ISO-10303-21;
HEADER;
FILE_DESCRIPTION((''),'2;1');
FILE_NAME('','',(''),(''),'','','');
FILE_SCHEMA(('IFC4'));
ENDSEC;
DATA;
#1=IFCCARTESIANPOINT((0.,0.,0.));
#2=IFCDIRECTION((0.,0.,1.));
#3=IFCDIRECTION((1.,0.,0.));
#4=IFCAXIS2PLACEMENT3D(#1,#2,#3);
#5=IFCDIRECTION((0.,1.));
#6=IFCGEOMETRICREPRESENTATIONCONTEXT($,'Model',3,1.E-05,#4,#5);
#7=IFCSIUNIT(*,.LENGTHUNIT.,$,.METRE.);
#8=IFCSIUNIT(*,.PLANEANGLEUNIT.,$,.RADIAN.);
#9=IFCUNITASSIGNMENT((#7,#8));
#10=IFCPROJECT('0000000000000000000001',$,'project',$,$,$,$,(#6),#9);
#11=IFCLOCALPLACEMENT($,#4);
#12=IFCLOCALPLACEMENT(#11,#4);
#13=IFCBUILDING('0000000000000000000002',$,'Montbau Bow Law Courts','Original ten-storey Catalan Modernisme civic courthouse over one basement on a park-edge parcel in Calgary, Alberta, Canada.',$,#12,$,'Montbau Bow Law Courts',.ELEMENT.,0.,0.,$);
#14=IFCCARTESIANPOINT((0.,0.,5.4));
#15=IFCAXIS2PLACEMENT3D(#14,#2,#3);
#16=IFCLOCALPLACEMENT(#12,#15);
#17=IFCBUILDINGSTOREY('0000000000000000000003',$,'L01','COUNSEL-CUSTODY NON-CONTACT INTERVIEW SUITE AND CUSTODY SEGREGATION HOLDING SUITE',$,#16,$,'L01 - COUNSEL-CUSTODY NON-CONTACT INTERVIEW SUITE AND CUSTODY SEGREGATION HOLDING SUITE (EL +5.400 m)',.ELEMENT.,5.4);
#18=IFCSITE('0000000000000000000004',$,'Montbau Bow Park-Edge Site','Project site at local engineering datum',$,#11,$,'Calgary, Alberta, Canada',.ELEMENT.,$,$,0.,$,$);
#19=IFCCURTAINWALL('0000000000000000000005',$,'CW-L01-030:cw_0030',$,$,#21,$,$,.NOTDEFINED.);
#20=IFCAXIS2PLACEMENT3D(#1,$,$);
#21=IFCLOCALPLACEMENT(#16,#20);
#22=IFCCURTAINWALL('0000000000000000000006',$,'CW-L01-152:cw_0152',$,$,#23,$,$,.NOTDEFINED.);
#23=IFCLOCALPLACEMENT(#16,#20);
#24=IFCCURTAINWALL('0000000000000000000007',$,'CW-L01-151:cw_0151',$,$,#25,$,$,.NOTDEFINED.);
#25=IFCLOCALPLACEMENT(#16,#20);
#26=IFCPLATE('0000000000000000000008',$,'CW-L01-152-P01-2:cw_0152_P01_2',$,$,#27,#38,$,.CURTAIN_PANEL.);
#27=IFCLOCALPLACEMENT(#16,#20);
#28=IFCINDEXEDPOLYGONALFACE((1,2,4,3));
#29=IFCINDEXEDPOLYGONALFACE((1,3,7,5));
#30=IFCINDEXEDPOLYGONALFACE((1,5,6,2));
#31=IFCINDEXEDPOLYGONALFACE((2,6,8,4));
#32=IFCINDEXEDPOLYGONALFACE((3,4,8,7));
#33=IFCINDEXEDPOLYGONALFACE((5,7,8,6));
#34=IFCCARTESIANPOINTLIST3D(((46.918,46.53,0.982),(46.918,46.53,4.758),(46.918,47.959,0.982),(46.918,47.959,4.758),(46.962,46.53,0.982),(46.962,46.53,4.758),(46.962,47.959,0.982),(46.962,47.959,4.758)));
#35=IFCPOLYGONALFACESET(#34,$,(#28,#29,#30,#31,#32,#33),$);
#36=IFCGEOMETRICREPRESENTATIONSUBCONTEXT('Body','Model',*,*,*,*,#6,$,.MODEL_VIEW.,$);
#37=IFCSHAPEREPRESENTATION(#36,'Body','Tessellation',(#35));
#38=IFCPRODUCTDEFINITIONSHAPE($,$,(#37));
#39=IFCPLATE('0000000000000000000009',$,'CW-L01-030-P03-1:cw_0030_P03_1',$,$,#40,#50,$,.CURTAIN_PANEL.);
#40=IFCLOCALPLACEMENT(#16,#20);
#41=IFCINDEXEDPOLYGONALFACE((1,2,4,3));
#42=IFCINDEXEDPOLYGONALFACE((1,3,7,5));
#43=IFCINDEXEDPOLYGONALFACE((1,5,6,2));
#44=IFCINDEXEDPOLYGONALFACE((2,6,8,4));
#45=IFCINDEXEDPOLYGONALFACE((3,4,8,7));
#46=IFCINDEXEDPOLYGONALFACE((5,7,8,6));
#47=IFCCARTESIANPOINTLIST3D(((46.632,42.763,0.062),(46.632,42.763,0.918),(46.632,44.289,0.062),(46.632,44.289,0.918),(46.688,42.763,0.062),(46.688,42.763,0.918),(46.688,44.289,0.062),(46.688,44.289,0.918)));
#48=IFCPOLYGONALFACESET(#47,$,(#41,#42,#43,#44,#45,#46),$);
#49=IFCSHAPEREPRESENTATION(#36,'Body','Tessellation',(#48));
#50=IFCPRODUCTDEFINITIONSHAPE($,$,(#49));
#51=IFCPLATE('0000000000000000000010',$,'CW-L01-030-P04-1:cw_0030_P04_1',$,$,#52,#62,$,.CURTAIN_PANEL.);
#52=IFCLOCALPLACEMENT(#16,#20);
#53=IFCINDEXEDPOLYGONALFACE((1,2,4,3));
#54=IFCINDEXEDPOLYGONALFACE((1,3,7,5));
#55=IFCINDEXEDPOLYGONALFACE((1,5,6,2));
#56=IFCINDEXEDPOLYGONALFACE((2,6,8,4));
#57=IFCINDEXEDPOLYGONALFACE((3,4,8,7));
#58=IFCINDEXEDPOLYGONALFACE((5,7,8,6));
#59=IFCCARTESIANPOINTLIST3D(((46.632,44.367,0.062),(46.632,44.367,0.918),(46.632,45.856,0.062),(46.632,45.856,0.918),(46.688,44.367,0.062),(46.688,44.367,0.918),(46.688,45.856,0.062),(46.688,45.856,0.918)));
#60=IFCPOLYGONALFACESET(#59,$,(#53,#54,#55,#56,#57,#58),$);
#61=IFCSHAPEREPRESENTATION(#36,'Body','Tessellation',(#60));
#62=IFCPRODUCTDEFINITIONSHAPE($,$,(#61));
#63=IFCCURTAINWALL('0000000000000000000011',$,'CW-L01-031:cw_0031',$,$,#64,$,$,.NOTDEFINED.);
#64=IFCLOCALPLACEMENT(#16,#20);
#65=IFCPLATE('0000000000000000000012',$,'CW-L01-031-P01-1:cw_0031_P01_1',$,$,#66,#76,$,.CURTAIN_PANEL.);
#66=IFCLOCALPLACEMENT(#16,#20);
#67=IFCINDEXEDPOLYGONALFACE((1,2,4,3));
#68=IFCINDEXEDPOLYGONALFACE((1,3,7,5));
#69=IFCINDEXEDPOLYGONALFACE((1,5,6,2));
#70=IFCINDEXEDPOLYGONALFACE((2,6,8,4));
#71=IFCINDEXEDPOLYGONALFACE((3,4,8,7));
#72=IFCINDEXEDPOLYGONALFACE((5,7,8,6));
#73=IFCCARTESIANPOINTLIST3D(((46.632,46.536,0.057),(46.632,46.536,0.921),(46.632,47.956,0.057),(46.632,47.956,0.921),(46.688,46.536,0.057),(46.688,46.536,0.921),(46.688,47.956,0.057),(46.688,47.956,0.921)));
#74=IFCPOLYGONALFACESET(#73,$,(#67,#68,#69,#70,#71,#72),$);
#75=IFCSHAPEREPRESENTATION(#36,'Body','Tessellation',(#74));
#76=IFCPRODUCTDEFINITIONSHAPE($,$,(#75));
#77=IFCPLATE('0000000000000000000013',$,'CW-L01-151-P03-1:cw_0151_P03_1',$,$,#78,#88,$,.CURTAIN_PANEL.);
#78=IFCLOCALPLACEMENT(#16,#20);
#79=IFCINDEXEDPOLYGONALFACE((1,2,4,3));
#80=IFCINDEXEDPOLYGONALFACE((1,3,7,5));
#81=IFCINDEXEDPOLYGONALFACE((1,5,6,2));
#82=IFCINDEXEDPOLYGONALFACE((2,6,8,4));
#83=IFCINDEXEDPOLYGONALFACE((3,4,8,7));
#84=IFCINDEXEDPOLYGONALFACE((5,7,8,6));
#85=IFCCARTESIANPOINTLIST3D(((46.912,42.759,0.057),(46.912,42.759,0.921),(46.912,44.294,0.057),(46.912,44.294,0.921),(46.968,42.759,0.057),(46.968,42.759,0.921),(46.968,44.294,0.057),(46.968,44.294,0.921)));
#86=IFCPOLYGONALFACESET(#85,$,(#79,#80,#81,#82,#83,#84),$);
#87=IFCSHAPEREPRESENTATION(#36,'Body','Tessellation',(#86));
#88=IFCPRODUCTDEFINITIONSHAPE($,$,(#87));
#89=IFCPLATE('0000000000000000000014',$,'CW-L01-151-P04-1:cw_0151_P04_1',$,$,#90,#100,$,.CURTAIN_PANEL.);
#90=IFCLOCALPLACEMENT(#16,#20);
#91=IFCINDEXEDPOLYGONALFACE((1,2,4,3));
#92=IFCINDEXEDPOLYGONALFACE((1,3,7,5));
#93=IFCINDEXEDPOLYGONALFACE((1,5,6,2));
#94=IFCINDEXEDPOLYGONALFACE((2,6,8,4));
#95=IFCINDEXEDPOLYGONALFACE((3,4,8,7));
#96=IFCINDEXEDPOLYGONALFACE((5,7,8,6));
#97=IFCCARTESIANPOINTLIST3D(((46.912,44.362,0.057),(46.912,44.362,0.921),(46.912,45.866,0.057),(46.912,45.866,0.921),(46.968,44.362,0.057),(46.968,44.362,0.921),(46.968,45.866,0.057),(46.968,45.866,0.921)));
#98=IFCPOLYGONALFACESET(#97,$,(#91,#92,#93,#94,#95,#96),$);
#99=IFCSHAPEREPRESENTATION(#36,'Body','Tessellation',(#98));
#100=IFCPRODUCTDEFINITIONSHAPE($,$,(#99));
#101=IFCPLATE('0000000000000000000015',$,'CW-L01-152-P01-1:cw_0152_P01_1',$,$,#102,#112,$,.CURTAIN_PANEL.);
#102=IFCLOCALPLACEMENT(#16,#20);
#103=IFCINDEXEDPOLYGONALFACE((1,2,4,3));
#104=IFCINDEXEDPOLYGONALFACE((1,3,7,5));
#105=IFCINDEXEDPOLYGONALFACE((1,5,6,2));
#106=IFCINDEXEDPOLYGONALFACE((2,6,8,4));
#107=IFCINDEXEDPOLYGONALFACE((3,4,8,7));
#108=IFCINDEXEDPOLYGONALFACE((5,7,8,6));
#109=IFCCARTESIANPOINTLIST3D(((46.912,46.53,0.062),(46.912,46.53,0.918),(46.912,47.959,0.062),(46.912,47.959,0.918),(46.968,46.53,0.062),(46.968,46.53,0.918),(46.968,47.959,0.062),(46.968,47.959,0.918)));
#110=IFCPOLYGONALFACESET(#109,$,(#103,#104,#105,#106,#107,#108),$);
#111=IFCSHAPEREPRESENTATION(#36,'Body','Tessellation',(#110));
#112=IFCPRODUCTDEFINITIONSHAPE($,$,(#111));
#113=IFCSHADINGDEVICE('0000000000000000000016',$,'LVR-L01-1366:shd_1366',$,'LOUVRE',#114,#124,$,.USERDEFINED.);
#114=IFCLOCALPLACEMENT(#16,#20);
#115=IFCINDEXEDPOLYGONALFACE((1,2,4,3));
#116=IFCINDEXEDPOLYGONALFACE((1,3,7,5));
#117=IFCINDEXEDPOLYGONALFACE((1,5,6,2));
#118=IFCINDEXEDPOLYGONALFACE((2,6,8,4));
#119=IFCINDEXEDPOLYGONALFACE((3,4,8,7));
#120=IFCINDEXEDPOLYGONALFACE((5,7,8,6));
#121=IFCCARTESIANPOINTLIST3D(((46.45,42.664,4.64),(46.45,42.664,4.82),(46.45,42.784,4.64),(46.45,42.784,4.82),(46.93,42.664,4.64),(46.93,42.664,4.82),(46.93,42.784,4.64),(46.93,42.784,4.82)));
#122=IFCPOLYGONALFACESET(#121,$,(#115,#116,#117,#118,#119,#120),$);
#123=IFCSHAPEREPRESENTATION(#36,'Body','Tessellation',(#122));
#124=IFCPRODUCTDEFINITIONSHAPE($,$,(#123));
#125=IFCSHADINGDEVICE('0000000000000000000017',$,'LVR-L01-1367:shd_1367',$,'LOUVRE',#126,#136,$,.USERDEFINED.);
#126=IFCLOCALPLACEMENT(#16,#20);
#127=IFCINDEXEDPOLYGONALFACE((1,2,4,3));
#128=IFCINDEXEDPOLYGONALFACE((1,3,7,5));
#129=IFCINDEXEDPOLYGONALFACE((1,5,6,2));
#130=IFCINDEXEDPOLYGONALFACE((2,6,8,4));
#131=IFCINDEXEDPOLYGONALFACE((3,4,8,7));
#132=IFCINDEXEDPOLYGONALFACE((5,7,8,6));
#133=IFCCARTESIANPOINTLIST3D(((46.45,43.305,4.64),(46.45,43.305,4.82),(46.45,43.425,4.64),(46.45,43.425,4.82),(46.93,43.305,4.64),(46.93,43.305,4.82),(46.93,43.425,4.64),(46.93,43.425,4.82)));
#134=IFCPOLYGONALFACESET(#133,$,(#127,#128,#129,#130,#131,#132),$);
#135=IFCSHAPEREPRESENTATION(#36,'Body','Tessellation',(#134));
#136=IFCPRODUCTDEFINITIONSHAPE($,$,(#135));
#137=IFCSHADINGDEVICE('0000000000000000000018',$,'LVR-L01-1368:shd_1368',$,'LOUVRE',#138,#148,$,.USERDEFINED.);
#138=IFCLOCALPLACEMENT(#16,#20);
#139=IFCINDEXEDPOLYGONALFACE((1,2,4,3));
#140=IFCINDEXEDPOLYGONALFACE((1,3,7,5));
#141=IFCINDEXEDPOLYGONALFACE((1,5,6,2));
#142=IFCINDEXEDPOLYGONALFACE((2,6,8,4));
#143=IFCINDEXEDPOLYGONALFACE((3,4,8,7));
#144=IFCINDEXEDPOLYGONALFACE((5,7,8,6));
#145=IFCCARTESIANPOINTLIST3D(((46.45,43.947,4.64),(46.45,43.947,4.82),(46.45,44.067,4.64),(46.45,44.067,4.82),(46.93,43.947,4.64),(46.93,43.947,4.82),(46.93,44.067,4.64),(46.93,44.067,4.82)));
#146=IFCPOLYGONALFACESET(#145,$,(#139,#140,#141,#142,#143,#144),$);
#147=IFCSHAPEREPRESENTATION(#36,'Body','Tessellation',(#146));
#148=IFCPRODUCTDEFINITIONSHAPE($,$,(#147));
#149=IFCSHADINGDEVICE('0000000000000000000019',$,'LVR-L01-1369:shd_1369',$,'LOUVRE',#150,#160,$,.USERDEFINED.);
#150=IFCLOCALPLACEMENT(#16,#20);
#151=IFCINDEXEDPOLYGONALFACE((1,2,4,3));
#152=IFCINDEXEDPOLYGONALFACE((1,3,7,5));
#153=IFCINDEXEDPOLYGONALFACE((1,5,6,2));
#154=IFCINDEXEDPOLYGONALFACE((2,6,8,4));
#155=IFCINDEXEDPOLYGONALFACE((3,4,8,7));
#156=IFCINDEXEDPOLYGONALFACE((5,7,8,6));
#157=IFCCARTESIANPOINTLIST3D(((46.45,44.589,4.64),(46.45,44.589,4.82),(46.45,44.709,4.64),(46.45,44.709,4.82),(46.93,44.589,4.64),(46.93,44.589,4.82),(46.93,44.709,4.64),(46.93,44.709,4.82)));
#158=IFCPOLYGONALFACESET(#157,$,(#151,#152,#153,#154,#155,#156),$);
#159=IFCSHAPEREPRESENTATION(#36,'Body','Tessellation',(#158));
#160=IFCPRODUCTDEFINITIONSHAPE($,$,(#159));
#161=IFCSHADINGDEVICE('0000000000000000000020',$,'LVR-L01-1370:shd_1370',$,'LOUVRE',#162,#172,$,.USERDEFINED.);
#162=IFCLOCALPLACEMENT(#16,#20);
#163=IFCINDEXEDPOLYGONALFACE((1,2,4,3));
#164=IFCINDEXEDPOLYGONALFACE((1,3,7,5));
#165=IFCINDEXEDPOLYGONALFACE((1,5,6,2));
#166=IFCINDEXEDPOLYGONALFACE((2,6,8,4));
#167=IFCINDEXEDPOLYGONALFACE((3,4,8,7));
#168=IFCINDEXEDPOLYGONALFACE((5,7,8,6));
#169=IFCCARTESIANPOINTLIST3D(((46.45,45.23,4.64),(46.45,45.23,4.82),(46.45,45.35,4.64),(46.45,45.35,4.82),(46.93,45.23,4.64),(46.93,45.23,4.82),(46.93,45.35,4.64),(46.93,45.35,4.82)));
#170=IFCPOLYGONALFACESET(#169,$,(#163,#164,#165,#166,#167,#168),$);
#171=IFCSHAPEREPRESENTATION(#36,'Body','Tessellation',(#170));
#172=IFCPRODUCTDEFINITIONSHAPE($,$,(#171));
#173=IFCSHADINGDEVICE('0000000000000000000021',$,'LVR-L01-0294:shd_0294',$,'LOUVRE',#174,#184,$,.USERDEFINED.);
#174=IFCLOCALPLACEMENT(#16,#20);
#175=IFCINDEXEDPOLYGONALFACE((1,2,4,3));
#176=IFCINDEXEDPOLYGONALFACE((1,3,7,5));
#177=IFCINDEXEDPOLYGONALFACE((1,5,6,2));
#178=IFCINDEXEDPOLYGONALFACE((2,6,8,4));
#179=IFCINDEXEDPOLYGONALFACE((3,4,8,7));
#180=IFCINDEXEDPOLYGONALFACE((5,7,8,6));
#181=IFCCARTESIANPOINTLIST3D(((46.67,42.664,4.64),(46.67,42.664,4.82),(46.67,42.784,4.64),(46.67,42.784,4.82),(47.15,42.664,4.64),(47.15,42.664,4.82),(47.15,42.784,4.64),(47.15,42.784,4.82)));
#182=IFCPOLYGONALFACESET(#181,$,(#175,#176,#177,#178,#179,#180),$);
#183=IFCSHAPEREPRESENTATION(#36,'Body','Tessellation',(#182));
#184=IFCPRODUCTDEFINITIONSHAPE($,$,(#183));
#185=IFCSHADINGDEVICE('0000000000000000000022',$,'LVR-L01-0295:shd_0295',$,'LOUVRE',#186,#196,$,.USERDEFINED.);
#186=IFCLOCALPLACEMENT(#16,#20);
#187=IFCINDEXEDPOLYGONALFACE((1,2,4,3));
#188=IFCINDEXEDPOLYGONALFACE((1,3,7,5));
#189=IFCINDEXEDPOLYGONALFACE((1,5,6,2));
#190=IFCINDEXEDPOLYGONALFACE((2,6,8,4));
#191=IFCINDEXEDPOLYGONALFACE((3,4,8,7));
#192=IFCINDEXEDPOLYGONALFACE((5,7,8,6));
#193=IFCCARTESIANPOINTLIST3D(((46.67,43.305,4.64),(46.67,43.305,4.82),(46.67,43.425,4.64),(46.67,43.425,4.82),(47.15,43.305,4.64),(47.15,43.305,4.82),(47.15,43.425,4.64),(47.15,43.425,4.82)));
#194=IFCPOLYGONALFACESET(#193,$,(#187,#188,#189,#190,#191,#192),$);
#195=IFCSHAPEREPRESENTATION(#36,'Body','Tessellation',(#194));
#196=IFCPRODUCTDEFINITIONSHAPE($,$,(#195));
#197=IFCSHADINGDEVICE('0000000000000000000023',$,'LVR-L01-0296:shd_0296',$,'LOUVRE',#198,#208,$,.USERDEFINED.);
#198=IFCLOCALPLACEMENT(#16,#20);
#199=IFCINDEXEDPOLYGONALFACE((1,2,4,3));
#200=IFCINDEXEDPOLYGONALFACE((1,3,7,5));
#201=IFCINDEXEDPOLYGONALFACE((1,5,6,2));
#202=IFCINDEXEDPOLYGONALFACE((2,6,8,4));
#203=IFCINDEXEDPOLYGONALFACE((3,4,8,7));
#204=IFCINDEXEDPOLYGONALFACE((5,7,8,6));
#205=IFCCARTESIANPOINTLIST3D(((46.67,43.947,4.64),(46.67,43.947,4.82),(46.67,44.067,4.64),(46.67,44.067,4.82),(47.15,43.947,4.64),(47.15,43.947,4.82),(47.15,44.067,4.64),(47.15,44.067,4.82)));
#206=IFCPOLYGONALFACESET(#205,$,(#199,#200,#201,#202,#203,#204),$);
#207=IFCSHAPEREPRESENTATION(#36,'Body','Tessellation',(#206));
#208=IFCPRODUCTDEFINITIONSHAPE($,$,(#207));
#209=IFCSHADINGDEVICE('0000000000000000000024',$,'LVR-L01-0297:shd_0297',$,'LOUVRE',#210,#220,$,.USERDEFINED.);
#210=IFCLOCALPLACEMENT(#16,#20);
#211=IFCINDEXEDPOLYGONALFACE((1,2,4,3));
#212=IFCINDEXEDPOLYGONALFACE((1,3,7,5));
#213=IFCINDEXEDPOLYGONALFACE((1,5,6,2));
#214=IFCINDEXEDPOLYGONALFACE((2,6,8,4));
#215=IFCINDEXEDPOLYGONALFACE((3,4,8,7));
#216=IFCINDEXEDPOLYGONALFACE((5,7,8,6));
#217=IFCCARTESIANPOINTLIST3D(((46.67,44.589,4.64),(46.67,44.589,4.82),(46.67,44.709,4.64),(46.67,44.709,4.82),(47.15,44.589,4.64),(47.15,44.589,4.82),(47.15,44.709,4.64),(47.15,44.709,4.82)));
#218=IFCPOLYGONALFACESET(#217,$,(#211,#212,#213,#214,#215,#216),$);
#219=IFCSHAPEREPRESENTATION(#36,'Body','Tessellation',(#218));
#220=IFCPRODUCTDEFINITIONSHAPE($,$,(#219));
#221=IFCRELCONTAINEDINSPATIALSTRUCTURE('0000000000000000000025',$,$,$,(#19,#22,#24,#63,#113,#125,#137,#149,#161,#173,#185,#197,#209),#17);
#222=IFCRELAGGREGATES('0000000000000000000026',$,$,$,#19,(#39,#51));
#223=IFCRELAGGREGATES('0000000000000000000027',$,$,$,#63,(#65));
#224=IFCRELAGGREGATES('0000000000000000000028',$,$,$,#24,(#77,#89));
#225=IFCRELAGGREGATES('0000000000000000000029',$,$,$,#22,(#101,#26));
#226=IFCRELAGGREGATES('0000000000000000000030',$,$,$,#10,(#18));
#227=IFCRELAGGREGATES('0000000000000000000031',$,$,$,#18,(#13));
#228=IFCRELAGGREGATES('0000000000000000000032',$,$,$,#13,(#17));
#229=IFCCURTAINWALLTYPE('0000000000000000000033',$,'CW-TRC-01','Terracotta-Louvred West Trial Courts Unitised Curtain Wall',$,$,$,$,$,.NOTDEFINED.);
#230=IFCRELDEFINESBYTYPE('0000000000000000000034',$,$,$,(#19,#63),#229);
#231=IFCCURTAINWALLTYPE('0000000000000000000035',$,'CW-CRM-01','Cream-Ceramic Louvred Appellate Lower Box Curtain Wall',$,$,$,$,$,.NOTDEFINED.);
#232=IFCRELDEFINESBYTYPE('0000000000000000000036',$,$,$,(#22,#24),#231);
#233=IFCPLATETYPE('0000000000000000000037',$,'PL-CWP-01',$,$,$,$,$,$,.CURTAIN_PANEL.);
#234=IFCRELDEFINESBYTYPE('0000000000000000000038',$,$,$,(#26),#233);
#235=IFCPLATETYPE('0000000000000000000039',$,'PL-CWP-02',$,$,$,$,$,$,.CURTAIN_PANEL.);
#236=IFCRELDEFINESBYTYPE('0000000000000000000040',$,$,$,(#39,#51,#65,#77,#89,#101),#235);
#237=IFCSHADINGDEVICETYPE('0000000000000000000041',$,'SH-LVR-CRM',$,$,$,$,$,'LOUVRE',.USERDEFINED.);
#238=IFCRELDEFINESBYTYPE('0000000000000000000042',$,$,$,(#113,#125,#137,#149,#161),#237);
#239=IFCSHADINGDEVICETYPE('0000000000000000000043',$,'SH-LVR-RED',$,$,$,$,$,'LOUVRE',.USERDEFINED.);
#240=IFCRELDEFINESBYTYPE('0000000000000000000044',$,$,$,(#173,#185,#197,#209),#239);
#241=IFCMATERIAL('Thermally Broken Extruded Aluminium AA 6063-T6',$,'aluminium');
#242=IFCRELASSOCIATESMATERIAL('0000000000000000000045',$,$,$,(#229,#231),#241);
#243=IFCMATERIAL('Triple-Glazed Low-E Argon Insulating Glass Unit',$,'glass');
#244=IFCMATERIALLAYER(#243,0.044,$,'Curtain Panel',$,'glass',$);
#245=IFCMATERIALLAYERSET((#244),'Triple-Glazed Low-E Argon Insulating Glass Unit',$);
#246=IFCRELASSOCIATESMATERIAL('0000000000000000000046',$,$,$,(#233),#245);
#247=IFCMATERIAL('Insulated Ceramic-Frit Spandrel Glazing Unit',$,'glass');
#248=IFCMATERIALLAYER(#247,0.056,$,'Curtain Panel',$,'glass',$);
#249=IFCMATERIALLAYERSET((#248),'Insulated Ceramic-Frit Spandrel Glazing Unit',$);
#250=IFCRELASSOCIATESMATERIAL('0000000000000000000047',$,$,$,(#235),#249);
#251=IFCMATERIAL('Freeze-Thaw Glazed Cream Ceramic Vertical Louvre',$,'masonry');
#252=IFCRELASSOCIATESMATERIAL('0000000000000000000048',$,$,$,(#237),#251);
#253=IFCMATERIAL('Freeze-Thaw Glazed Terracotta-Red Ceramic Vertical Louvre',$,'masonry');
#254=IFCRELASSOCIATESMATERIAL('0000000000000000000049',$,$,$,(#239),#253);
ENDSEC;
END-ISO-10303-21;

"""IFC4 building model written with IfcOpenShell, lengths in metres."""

from ifc_helpers import new_model, si_unit, direction, frame, frame_2d, origin_with_axes, origin_2d_with_axis, place, context, subcontext, project, spatial, rectangle, extrude, material, layer, layer_set, type_object, element, aggregate, save


model = new_model("IFC4")

# Units and contexts
model_context = context("Model", 3, precision=1e-05, world=origin_with_axes(), true_north=direction((0.0, 1.0)))
body_context = subcontext(model_context, "Body", "Model", "MODEL_VIEW")
ifc_project = project(units=[si_unit("LENGTHUNIT", "METRE"), si_unit("PLANEANGLEUNIT", "RADIAN")], contexts=[model_context])

# Site, building, storey
site_placement = place(None, origin_with_axes())
site = spatial("IfcSite", under=ifc_project, at=site_placement, Name="Montbau Bow Park-Edge Site", Description="Project site at local engineering datum", LongName="Calgary, Alberta, Canada", CompositionType="ELEMENT", RefElevation=0.0)
building_placement = place(site_placement, origin_with_axes())
building = spatial("IfcBuilding", under=site, at=building_placement, Name="Montbau Bow Law Courts", Description="Original ten-storey Catalan Modernisme civic courthouse over one basement on a park-edge parcel in Calgary, Alberta, Canada.", LongName="Montbau Bow Law Courts", CompositionType="ELEMENT", ElevationOfRefHeight=0.0, ElevationOfTerrain=0.0)
storey_placement = place(building_placement, frame((0.0, 0.0, 5.4), z_axis=(0.0, 0.0, 1.0), x_axis=(1.0, 0.0, 0.0)))
storey = spatial("IfcBuildingStorey", under=building, at=storey_placement, Name="L01", Description="COUNSEL-CUSTODY NON-CONTACT INTERVIEW SUITE AND CUSTODY SEGREGATION HOLDING SUITE", LongName="L01 - COUNSEL-CUSTODY NON-CONTACT INTERVIEW SUITE AND CUSTODY SEGREGATION HOLDING SUITE (EL +5.400 m)", CompositionType="ELEMENT", Elevation=5.4)

# Curtain walls
ifc_material_1 = material(Name="Thermally Broken Extruded Aluminium AA 6063-T6", Category="aluminium")
curtain_wall_type_1 = type_object("IfcCurtainWallType", Name="CW-TRC-01", Description="Terracotta-Louvred West Trial Courts Unitised Curtain Wall", PredefinedType="NOTDEFINED", material=ifc_material_1)
curtain_wall_1_placement = place(None, frame((46.66, 39.515, 5.4), z_axis=(0.0, 0.0, 1.0), x_axis=(1.0, 0.0, 0.0)))
curtain_wall_1 = element("IfcCurtainWall", 1, at=curtain_wall_1_placement, inside=storey, type_object=curtain_wall_type_1, Name="CW-L01-030:cw_0030", PredefinedType="NOTDEFINED")
curtain_wall_type_2 = type_object("IfcCurtainWallType", Name="CW-CRM-01", Description="Cream-Ceramic Louvred Appellate Lower Box Curtain Wall", PredefinedType="NOTDEFINED", material=ifc_material_1)
curtain_wall_2_placement = place(None, frame((46.94, 46.468, 5.4), z_axis=(0.0, 0.0, 1.0), x_axis=(1.0, 0.0, 0.0)))
curtain_wall_2 = element("IfcCurtainWall", 2, at=curtain_wall_2_placement, inside=storey, type_object=curtain_wall_type_2, Name="CW-L01-152:cw_0152", PredefinedType="NOTDEFINED")
curtain_wall_3_placement = place(None, frame((46.94, 39.515, 5.4), z_axis=(0.0, 0.0, 1.0), x_axis=(1.0, 0.0, 0.0)))
curtain_wall_3 = element("IfcCurtainWall", 3, at=curtain_wall_3_placement, inside=storey, type_object=curtain_wall_type_2, Name="CW-L01-151:cw_0151", PredefinedType="NOTDEFINED")

# Plates
ifc_material_2 = material(Name="Triple-Glazed Low-E Argon Insulating Glass Unit", Category="glass")
ifc_layer_1 = layer(ifc_material_2, 0.044, Name="Curtain Panel", Category="glass")
ifc_layer_set_1 = layer_set([ifc_layer_1], Name="Triple-Glazed Low-E Argon Insulating Glass Unit")
plate_type_1 = type_object("IfcPlateType", Name="PL-CWP-01", PredefinedType="CURTAIN_PANEL", material=ifc_layer_set_1)
plate_1_placement = place(None, frame((46.94, 46.53, 6.382), z_axis=(1.0, 0.0, 0.0), x_axis=(0.0, 1.0, 0.0)))
plate_1 = element("IfcPlate", 4, at=plate_1_placement, type_object=plate_type_1, Name="CW-L01-152-P01-2:cw_0152_P01_2", PredefinedType="CURTAIN_PANEL", context=body_context, shape_type="SweptSolid", body=[
    extrude(rectangle(XDim=1.429, YDim=3.776, at=frame_2d((0.7145, 1.888), x_axis=(1.0, 0.0))), frame((0.0, 0.0, -0.022), z_axis=(0.0, 0.0, 1.0), x_axis=(1.0, 0.0, 0.0)), (0.0, 0.0, 1.0), 0.044),
])
ifc_material_3 = material(Name="Insulated Ceramic-Frit Spandrel Glazing Unit", Category="glass")
ifc_layer_2 = layer(ifc_material_3, 0.056, Name="Curtain Panel", Category="glass")
ifc_layer_set_2 = layer_set([ifc_layer_2], Name="Insulated Ceramic-Frit Spandrel Glazing Unit")
plate_type_2 = type_object("IfcPlateType", Name="PL-CWP-02", PredefinedType="CURTAIN_PANEL", material=ifc_layer_set_2)
plate_2_placement = place(None, frame((46.66, 42.763, 5.462), z_axis=(1.0, 0.0, 0.0), x_axis=(0.0, 1.0, 0.0)))
plate_2 = element("IfcPlate", 5, at=plate_2_placement, type_object=plate_type_2, Name="CW-L01-030-P03-1:cw_0030_P03_1", PredefinedType="CURTAIN_PANEL", context=body_context, shape_type="SweptSolid", body=[
    extrude(rectangle(XDim=1.526, YDim=0.856, at=frame_2d((0.763, 0.428), x_axis=(1.0, 0.0))), frame((0.0, 0.0, -0.028), z_axis=(0.0, 0.0, 1.0), x_axis=(1.0, 0.0, 0.0)), (0.0, 0.0, 1.0), 0.056),
])
plate_3_placement = place(None, frame((46.66, 44.367, 5.462), z_axis=(1.0, 0.0, 0.0), x_axis=(0.0, 1.0, 0.0)))
plate_3 = element("IfcPlate", 6, at=plate_3_placement, type_object=plate_type_2, Name="CW-L01-030-P04-1:cw_0030_P04_1", PredefinedType="CURTAIN_PANEL", context=body_context, shape_type="SweptSolid", body=[
    extrude(rectangle(XDim=1.489, YDim=0.856, at=frame_2d((0.7445, 0.428), x_axis=(1.0, 0.0))), frame((0.0, 0.0, -0.028), z_axis=(0.0, 0.0, 1.0), x_axis=(1.0, 0.0, 0.0)), (0.0, 0.0, 1.0), 0.056),
])
aggregate(curtain_wall_1, [plate_2, plate_3])

# Curtain wall, plate
curtain_wall_4_placement = place(None, frame((46.66, 46.468, 5.4), z_axis=(0.0, 0.0, 1.0), x_axis=(1.0, 0.0, 0.0)))
curtain_wall_4 = element("IfcCurtainWall", 7, at=curtain_wall_4_placement, inside=storey, type_object=curtain_wall_type_1, Name="CW-L01-031:cw_0031", PredefinedType="NOTDEFINED")
plate_4_placement = place(None, frame((46.66, 46.536, 5.457), z_axis=(1.0, 0.0, 0.0), x_axis=(0.0, 1.0, 0.0)))
plate_4 = element("IfcPlate", 8, at=plate_4_placement, type_object=plate_type_2, Name="CW-L01-031-P01-1:cw_0031_P01_1", PredefinedType="CURTAIN_PANEL", context=body_context, shape_type="SweptSolid", body=[
    extrude(rectangle(XDim=1.42, YDim=0.864, at=frame_2d((0.71, 0.432), x_axis=(1.0, 0.0))), frame((0.0, 0.0, -0.028), z_axis=(0.0, 0.0, 1.0), x_axis=(1.0, 0.0, 0.0)), (0.0, 0.0, 1.0), 0.056),
])
aggregate(curtain_wall_4, [plate_4])

# Plates
plate_5_placement = place(None, frame((46.94, 42.759, 5.457), z_axis=(1.0, 0.0, 0.0), x_axis=(0.0, 1.0, 0.0)))
plate_5 = element("IfcPlate", 9, at=plate_5_placement, type_object=plate_type_2, Name="CW-L01-151-P03-1:cw_0151_P03_1", PredefinedType="CURTAIN_PANEL", context=body_context, shape_type="SweptSolid", body=[
    extrude(rectangle(XDim=1.535, YDim=0.864, at=frame_2d((0.7675, 0.432), x_axis=(1.0, 0.0))), frame((0.0, 0.0, -0.028), z_axis=(0.0, 0.0, 1.0), x_axis=(1.0, 0.0, 0.0)), (0.0, 0.0, 1.0), 0.056),
])
plate_6_placement = place(None, frame((46.94, 44.362, 5.457), z_axis=(1.0, 0.0, 0.0), x_axis=(0.0, 1.0, 0.0)))
plate_6 = element("IfcPlate", 10, at=plate_6_placement, type_object=plate_type_2, Name="CW-L01-151-P04-1:cw_0151_P04_1", PredefinedType="CURTAIN_PANEL", context=body_context, shape_type="SweptSolid", body=[
    extrude(rectangle(XDim=1.504, YDim=0.864, at=frame_2d((0.752, 0.432), x_axis=(1.0, 0.0))), frame((0.0, 0.0, -0.028), z_axis=(0.0, 0.0, 1.0), x_axis=(1.0, 0.0, 0.0)), (0.0, 0.0, 1.0), 0.056),
])
aggregate(curtain_wall_3, [plate_5, plate_6])
plate_7_placement = place(None, frame((46.94, 46.53, 5.462), z_axis=(1.0, 0.0, 0.0), x_axis=(0.0, 1.0, 0.0)))
plate_7 = element("IfcPlate", 11, at=plate_7_placement, type_object=plate_type_2, Name="CW-L01-152-P01-1:cw_0152_P01_1", PredefinedType="CURTAIN_PANEL", context=body_context, shape_type="SweptSolid", body=[
    extrude(rectangle(XDim=1.429, YDim=0.856, at=frame_2d((0.7145, 0.428), x_axis=(1.0, 0.0))), frame((0.0, 0.0, -0.028), z_axis=(0.0, 0.0, 1.0), x_axis=(1.0, 0.0, 0.0)), (0.0, 0.0, 1.0), 0.056),
])
aggregate(curtain_wall_2, [plate_7, plate_1])

# Shading devices
ifc_material_4 = material(Name="Freeze-Thaw Glazed Cream Ceramic Vertical Louvre", Category="masonry")
shading_device_type_1 = type_object("IfcShadingDeviceType", Name="SH-LVR-CRM", ElementType="LOUVRE", PredefinedType="USERDEFINED", material=ifc_material_4)
for number, where, z_axis, x_axis, name in (
    (12, (46.69, 42.724, 10.04), (0.0, 0.0, 1.0), (-1.0, 0.0, 0.0), "LVR-L01-1366:shd_1366"),
    (13, (46.69, 43.365, 10.04), (0.0, 0.0, 1.0), (-1.0, 0.0, 0.0), "LVR-L01-1367:shd_1367"),
    (14, (46.69, 44.007, 10.04), (0.0, 0.0, 1.0), (-1.0, 0.0, 0.0), "LVR-L01-1368:shd_1368"),
    (15, (46.69, 44.649, 10.04), (0.0, 0.0, 1.0), (-1.0, 0.0, 0.0), "LVR-L01-1369:shd_1369"),
    (16, (46.69, 45.29, 10.04), (0.0, 0.0, 1.0), (-1.0, 0.0, 0.0), "LVR-L01-1370:shd_1370"),
):
    element("IfcShadingDevice", number, at=place(None, frame(where, z_axis=z_axis, x_axis=x_axis)), inside=storey, type_object=shading_device_type_1, Name=name, ObjectType="LOUVRE", PredefinedType="USERDEFINED", context=body_context, shape_type="SweptSolid", body=[
        extrude(rectangle(XDim=0.48, YDim=0.12, at=origin_2d_with_axis()), origin_with_axes(), (0.0, 0.0, 1.0), 0.18),
    ])
ifc_material_5 = material(Name="Freeze-Thaw Glazed Terracotta-Red Ceramic Vertical Louvre", Category="masonry")
shading_device_type_2 = type_object("IfcShadingDeviceType", Name="SH-LVR-RED", ElementType="LOUVRE", PredefinedType="USERDEFINED", material=ifc_material_5)
for number, where, z_axis, x_axis, name in (
    (17, (46.91, 42.724, 10.04), (0.0, 0.0, 1.0), (1.0, 0.0, 0.0), "LVR-L01-0294:shd_0294"),
    (18, (46.91, 43.365, 10.04), (0.0, 0.0, 1.0), (1.0, 0.0, 0.0), "LVR-L01-0295:shd_0295"),
    (19, (46.91, 44.007, 10.04), (0.0, 0.0, 1.0), (1.0, 0.0, 0.0), "LVR-L01-0296:shd_0296"),
    (20, (46.91, 44.649, 10.04), (0.0, 0.0, 1.0), (1.0, 0.0, 0.0), "LVR-L01-0297:shd_0297"),
):
    element("IfcShadingDevice", number, at=place(None, frame(where, z_axis=z_axis, x_axis=x_axis)), inside=storey, type_object=shading_device_type_2, Name=name, ObjectType="LOUVRE", PredefinedType="USERDEFINED", context=body_context, shape_type="SweptSolid", body=[
        extrude(rectangle(XDim=0.48, YDim=0.12, at=origin_2d_with_axis()), origin_with_axes(), (0.0, 0.0, 1.0), 0.18),
    ])

save(model, "model.ifc")
